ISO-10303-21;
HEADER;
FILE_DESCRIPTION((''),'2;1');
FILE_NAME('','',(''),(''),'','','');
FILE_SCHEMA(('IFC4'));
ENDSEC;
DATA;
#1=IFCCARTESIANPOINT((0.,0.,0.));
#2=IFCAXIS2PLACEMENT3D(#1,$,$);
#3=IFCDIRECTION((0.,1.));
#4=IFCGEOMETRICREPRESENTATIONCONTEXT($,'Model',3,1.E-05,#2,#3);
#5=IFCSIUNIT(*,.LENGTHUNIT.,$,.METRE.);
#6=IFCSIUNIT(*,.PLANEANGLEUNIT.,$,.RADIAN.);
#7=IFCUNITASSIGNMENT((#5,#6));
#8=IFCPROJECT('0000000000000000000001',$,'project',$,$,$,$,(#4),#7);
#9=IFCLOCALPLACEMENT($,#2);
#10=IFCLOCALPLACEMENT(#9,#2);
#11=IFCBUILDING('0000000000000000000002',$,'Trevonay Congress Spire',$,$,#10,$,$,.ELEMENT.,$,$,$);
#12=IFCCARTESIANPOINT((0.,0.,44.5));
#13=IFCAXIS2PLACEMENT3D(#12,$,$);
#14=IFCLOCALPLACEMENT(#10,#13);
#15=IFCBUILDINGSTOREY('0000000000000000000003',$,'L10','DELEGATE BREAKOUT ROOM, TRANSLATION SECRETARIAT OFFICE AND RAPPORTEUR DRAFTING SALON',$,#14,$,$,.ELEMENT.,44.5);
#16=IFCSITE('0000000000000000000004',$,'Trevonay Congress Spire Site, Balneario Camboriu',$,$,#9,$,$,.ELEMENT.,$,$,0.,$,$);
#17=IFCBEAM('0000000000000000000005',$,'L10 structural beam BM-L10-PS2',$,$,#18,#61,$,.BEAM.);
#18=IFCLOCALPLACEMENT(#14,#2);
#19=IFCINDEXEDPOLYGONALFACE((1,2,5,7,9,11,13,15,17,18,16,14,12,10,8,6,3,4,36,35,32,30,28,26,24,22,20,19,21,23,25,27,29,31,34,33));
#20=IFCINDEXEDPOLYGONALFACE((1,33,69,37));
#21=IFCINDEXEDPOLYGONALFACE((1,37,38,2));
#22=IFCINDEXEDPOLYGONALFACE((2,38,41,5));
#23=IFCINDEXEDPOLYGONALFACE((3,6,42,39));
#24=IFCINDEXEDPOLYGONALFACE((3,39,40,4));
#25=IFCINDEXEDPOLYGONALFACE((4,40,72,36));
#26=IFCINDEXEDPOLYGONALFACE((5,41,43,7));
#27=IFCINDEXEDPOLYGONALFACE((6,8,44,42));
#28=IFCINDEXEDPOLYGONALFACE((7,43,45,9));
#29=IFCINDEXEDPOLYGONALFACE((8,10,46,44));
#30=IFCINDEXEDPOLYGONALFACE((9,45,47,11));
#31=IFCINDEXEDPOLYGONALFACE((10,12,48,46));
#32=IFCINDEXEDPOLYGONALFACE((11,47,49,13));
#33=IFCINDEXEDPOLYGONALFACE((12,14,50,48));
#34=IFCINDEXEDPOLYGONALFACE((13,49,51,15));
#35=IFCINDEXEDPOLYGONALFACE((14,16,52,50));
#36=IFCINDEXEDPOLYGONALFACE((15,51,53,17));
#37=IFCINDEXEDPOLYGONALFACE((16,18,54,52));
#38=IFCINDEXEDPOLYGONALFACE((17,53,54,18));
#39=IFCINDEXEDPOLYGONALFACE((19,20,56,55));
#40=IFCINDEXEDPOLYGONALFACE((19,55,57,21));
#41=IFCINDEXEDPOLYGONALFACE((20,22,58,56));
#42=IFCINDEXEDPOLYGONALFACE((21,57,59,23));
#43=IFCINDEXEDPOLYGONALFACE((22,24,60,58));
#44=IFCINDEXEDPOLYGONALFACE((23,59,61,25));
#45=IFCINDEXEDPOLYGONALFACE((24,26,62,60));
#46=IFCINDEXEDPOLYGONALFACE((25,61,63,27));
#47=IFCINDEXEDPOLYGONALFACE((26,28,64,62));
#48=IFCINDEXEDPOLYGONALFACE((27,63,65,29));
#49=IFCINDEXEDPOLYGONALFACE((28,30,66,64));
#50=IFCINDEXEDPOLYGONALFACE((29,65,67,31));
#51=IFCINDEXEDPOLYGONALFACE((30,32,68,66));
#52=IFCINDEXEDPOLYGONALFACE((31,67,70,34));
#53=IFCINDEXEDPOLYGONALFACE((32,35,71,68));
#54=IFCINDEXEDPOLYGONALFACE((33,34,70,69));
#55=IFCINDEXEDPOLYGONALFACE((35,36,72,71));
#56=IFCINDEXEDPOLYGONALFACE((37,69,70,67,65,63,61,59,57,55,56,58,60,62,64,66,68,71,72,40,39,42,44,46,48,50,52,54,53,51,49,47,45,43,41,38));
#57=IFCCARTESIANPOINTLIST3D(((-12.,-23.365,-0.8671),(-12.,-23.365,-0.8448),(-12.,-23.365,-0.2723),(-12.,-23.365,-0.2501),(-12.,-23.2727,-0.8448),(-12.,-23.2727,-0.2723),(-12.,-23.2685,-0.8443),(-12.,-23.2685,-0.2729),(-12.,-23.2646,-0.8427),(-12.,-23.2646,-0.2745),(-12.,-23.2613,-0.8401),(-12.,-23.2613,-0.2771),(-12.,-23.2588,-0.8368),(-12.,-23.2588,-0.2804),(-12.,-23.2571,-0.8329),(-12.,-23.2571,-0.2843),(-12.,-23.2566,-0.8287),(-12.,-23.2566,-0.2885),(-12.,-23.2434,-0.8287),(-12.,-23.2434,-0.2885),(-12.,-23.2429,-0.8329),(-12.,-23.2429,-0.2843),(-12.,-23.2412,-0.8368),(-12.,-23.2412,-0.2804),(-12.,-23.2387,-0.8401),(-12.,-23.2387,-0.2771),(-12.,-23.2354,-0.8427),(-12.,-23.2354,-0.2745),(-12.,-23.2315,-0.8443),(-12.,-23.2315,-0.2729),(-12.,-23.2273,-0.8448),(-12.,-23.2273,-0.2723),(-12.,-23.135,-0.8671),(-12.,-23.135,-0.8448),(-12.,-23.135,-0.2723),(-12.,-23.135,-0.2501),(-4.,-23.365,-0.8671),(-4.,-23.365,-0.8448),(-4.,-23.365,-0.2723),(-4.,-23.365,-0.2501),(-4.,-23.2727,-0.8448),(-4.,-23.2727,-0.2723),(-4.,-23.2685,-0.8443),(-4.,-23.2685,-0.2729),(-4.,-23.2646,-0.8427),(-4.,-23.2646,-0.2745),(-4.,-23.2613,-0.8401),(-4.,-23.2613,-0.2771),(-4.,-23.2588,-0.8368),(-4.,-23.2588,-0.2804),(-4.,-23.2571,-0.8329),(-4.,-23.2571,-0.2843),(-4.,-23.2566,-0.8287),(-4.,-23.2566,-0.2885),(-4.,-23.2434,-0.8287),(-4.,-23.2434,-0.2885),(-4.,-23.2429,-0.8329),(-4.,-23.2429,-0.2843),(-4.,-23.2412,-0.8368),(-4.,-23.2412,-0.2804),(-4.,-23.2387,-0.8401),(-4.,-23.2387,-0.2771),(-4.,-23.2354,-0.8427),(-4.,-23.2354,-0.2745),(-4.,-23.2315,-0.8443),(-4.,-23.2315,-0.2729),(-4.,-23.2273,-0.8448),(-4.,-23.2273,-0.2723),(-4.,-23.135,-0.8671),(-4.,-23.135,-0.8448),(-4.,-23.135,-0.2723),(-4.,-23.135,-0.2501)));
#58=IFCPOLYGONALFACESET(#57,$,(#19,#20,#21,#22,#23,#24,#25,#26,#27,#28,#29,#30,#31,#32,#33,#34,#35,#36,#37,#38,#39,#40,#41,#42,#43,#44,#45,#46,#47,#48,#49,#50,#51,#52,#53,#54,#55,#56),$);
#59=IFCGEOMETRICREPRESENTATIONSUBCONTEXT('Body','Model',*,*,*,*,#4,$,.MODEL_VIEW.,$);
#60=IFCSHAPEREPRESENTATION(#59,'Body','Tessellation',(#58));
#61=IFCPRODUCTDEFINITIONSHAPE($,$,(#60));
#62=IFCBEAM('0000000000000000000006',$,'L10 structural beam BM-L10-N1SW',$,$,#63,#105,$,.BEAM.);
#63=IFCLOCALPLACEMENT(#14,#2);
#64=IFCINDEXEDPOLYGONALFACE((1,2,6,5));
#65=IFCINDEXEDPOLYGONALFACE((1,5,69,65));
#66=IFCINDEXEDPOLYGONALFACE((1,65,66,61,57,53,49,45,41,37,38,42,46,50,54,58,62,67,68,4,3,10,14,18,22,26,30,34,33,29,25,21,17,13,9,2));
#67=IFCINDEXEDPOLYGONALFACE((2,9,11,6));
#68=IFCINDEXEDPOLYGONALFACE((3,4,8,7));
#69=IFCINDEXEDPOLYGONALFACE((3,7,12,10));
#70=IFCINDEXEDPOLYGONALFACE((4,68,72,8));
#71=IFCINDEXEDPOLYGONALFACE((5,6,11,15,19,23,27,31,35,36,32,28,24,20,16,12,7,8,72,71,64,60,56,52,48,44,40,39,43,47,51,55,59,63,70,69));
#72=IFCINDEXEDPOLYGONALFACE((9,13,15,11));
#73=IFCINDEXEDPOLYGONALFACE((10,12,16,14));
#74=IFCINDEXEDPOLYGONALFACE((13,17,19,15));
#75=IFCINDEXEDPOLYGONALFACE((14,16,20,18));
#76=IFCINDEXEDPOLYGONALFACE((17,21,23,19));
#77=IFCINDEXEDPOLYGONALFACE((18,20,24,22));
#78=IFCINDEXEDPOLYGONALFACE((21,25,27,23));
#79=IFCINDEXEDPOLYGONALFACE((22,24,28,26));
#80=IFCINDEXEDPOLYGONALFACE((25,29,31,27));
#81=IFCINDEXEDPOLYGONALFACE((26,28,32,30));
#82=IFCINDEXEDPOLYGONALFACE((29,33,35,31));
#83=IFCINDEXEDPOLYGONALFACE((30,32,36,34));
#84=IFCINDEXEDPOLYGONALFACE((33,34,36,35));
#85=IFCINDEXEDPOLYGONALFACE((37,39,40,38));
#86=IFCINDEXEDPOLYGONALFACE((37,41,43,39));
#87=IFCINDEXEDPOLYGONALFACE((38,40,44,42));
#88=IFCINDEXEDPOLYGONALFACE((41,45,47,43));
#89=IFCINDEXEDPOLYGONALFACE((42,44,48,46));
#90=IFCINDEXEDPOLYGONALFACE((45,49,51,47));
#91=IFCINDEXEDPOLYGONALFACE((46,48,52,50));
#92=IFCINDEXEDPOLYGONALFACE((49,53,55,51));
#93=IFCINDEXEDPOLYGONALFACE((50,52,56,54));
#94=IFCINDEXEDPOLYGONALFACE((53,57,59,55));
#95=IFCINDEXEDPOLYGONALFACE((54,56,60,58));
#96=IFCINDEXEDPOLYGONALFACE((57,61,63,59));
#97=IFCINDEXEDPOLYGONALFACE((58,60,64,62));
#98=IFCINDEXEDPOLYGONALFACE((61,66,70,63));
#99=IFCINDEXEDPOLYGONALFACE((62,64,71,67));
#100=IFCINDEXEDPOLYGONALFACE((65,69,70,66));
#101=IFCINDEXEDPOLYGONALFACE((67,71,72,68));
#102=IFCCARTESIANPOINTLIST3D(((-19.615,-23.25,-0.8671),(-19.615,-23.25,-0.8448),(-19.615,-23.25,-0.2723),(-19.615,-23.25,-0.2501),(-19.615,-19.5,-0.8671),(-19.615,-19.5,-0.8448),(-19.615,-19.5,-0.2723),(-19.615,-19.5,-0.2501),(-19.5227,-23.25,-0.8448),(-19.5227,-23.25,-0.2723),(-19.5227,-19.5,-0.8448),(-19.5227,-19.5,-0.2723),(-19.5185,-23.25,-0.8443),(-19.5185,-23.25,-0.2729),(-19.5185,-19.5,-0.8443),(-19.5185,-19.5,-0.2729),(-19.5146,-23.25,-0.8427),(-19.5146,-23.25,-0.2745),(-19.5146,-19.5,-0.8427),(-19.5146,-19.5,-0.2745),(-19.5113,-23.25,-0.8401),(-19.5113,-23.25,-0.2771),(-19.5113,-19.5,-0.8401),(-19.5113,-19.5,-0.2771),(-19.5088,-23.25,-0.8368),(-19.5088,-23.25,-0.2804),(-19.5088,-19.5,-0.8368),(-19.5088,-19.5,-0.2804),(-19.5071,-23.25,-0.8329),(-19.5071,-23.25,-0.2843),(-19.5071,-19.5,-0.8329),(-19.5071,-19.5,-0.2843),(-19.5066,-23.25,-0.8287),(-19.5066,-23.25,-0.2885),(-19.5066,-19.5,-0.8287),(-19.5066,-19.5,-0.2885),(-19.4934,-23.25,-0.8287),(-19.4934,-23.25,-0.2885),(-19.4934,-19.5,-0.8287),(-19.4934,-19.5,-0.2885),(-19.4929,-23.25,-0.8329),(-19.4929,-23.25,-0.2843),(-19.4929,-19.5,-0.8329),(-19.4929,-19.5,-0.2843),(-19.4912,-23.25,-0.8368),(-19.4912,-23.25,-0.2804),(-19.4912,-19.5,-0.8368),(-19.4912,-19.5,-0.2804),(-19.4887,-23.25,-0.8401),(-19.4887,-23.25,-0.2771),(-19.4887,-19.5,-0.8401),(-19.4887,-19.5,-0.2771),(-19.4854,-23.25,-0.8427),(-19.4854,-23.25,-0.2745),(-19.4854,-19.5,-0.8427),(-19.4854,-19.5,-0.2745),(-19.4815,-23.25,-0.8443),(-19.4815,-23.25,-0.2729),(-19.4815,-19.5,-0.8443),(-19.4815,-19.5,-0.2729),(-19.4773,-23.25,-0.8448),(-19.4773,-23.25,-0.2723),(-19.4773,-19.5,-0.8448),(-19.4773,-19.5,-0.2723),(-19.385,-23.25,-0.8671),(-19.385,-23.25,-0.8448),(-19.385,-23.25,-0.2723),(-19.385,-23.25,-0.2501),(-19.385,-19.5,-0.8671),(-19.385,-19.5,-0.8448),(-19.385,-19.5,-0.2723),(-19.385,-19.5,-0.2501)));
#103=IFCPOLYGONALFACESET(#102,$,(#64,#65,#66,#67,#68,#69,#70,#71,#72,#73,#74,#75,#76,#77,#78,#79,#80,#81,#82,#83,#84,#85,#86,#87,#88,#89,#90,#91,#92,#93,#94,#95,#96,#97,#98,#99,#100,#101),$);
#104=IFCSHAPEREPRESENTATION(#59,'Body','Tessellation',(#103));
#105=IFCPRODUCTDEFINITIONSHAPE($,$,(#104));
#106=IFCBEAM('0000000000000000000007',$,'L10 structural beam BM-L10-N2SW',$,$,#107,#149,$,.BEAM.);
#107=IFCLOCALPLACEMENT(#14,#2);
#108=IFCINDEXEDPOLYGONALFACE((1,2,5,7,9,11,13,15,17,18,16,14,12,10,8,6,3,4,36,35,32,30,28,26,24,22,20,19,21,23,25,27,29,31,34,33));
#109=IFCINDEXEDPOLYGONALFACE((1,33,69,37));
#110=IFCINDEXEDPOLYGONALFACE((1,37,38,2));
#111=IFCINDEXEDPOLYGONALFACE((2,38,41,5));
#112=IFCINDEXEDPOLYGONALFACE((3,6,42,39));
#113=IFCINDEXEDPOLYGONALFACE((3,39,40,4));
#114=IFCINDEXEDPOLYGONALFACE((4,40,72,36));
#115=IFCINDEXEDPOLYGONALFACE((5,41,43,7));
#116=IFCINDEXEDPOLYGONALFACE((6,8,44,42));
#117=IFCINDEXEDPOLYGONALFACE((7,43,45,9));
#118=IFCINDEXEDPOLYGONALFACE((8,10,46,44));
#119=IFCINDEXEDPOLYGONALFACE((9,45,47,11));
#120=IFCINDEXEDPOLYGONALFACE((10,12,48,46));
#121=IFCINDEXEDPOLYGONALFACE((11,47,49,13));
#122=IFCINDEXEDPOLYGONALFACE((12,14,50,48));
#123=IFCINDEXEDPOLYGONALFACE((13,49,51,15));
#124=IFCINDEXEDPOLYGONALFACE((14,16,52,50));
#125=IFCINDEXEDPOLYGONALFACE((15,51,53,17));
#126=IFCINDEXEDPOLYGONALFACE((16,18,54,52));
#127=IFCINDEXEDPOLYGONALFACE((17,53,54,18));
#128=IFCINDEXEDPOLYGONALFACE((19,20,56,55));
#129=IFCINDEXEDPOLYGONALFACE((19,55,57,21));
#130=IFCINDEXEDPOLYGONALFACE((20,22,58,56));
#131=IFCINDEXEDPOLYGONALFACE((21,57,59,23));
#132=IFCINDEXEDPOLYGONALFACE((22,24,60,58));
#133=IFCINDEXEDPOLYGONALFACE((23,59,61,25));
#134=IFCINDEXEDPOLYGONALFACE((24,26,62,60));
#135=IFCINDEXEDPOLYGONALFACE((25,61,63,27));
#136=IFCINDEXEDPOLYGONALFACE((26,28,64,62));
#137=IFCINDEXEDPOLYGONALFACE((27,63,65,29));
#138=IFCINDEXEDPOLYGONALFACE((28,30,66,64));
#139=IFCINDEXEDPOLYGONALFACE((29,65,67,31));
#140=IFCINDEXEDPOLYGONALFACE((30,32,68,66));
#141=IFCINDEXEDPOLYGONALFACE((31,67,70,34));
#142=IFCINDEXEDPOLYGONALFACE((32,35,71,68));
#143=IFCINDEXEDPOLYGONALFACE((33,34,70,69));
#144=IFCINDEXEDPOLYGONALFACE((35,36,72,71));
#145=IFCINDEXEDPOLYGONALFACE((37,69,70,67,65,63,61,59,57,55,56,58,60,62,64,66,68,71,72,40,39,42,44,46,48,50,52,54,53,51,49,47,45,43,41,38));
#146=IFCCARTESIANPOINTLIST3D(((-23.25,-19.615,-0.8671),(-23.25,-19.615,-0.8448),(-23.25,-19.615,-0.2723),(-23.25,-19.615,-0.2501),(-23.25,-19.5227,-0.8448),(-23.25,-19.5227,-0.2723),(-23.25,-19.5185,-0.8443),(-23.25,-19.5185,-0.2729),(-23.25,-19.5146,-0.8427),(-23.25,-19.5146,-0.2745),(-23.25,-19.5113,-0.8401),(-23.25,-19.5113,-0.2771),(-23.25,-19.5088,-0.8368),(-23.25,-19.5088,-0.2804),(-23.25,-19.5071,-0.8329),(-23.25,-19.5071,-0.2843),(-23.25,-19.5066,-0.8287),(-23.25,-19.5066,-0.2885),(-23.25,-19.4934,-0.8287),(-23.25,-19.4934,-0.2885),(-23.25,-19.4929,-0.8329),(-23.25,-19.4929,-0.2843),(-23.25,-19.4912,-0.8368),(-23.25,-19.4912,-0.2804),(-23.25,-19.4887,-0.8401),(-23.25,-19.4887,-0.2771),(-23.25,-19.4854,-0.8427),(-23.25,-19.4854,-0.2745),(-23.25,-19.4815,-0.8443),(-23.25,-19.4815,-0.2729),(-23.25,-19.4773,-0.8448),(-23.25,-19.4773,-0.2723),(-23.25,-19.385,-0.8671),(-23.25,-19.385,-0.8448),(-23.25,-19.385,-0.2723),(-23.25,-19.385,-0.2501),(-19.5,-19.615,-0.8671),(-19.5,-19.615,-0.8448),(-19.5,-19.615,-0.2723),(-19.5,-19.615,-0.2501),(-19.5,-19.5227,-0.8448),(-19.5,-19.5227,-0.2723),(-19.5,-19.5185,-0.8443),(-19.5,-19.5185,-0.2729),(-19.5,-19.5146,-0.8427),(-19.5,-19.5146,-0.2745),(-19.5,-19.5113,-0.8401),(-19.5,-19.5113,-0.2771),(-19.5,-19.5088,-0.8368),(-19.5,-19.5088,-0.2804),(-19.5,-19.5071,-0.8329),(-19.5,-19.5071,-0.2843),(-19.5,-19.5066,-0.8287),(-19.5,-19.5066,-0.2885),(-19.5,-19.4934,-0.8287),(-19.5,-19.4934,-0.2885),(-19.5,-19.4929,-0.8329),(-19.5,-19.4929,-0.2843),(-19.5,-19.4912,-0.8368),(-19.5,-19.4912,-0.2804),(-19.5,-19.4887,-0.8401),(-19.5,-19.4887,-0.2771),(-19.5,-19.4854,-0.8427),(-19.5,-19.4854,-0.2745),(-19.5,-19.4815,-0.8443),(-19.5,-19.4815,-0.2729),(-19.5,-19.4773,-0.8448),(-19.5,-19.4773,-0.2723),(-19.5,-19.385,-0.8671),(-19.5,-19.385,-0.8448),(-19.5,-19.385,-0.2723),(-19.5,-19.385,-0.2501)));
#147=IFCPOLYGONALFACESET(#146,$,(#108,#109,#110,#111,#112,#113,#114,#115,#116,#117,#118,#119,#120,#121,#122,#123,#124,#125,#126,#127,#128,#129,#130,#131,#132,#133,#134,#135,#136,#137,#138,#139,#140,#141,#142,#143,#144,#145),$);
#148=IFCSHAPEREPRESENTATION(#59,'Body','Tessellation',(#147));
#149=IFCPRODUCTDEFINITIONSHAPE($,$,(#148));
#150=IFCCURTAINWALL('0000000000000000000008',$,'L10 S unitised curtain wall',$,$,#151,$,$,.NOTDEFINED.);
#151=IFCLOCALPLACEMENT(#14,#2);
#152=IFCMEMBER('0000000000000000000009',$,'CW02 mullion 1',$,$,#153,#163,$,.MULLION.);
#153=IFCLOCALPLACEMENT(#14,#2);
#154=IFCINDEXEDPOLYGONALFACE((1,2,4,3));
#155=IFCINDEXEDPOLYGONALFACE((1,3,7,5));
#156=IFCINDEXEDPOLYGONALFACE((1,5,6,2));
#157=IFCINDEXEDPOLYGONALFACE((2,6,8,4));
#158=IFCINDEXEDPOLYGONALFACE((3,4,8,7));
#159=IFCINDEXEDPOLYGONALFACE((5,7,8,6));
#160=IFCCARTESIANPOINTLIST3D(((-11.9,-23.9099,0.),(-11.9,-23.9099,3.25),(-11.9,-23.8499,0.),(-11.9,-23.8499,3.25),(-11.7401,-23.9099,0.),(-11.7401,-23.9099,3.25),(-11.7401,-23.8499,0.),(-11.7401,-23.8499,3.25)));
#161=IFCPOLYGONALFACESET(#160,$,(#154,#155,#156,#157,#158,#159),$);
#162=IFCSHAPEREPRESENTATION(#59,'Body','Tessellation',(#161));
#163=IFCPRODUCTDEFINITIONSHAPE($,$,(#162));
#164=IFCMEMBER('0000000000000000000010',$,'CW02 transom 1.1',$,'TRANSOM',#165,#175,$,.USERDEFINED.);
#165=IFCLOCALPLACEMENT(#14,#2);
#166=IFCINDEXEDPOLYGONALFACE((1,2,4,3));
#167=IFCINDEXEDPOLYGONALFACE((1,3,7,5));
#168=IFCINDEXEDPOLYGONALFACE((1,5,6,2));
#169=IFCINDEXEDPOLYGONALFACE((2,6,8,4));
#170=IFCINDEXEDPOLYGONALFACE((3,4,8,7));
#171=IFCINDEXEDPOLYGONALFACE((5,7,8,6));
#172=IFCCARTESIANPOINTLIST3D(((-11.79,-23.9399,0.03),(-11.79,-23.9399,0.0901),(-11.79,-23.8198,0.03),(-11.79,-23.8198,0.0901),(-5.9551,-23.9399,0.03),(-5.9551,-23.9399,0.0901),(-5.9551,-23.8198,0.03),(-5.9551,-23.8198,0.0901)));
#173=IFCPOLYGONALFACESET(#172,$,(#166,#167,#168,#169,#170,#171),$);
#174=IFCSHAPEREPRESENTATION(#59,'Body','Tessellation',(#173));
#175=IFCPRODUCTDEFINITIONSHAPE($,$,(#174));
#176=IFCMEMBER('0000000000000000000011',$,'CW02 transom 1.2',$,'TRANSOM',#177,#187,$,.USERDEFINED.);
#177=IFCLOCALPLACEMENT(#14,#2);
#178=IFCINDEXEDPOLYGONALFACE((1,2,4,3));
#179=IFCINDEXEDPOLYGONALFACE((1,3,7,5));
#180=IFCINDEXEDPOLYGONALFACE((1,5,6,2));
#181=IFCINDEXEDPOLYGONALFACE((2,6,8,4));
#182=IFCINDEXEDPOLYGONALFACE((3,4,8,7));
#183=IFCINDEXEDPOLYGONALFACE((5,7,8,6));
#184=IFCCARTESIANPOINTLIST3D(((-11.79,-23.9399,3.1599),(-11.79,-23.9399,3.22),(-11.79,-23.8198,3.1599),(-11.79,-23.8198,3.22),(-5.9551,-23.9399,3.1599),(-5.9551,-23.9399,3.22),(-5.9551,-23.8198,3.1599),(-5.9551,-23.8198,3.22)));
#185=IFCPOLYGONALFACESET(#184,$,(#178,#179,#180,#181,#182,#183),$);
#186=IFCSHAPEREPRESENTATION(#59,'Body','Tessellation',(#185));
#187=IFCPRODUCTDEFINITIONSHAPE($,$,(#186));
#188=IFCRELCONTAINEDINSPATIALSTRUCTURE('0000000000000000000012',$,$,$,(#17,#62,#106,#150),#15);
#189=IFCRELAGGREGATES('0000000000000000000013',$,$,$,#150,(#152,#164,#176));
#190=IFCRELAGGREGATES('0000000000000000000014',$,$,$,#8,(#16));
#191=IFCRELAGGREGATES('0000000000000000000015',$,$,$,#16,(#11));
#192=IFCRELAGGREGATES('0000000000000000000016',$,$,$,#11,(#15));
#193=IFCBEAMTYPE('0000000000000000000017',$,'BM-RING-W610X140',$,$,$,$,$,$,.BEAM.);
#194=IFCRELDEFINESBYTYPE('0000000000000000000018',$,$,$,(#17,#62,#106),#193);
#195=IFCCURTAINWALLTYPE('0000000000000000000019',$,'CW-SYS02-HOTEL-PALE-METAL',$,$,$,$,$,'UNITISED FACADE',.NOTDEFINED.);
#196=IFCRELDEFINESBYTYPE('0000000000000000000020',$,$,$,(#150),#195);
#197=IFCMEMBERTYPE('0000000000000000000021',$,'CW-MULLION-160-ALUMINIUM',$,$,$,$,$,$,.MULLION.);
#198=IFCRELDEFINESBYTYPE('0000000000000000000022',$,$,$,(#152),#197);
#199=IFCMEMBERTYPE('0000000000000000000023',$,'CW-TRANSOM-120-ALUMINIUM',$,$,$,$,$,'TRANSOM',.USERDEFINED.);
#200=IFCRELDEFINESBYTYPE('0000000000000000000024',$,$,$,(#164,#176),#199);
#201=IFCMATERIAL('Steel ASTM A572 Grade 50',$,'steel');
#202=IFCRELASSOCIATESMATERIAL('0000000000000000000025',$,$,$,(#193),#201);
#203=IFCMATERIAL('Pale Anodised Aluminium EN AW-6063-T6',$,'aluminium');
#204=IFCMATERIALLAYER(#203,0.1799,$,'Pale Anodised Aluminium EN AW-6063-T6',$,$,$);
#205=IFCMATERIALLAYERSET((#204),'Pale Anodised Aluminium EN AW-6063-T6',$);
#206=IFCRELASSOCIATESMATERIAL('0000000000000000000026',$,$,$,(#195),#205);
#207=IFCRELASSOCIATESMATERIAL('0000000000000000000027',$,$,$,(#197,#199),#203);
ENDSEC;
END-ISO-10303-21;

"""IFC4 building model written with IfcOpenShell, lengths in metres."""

from ifc_helpers import new_model, si_unit, direction, frame, origin, origin_2d, place, context, subcontext, project, spatial, rectangle, i_section, extrude, material, layer, layer_set, material_profile, profile_set, type_object, element, aggregate, save


model = new_model("IFC4")

# Units and contexts
model_context = context("Model", 3, precision=1e-05, world=origin(), true_north=direction((0.0, 1.0)))
body_context = subcontext(model_context, "Body", "Model", "MODEL_VIEW")
ifc_project = project(units=[si_unit("LENGTHUNIT", "METRE"), si_unit("PLANEANGLEUNIT", "RADIAN")], contexts=[model_context])

# Site, building, storey
site_placement = place(None, origin())
site = spatial("IfcSite", under=ifc_project, at=site_placement, Name="Trevonay Congress Spire Site, Balneario Camboriu", CompositionType="ELEMENT", RefElevation=0.0)
building_placement = place(site_placement, origin())
building = spatial("IfcBuilding", under=site, at=building_placement, Name="Trevonay Congress Spire", CompositionType="ELEMENT")
storey_placement = place(building_placement, frame((0.0, 0.0, 44.5)))
storey = spatial("IfcBuildingStorey", under=building, at=storey_placement, Name="L10", Description="DELEGATE BREAKOUT ROOM, TRANSLATION SECRETARIAT OFFICE AND RAPPORTEUR DRAFTING SALON", CompositionType="ELEMENT", Elevation=44.5)

# Shared definitions
ifc_material_1 = material(Name="Steel ASTM A572 Grade 50", Category="steel")

# Beams
ifc_material_profile_1 = material_profile(ifc_material_1, i_section(OverallWidth=0.23, OverallDepth=0.6169, WebThickness=0.0132, FlangeThickness=0.0222, FilletRadius=0.0161, at=origin_2d()), Name="W610x140")
ifc_profile_set_1 = profile_set([ifc_material_profile_1], Name="Steel ASTM A572 Grade 50")
beam_type = type_object("IfcBeamType", Name="BM-RING-W610X140", PredefinedType="BEAM", material=ifc_profile_set_1)
beam_placement = place(storey_placement, frame((-12.0, -23.25, -0.5586), z_axis=(1.0, 0.0, 0.0), x_axis=(0.0, 1.0, 0.0)))
element("IfcBeam", 1, at=beam_placement, inside=storey, type_object=beam_type, Name="L10 structural beam BM-L10-PS2", PredefinedType="BEAM", context=body_context, shape_type="SweptSolid", body=[
    extrude(i_section(OverallWidth=0.23, OverallDepth=0.6169, WebThickness=0.0132, FlangeThickness=0.0222, FilletRadius=0.0161, at=origin_2d()), origin(), (0.0, 0.0, 1.0), 8.0),
])
for number, where, z_axis, x_axis, name in (
    (2, (-19.5, -23.25, -0.5586), (0.0, 1.0, 0.0), (-1.0, 0.0, 0.0), "L10 structural beam BM-L10-N1SW"),
    (3, (-23.25, -19.5, -0.5586), (1.0, 0.0, 0.0), (0.0, 1.0, 0.0), "L10 structural beam BM-L10-N2SW"),
):
    element("IfcBeam", number, at=place(storey_placement, frame(where, z_axis=z_axis, x_axis=x_axis)), inside=storey, type_object=beam_type, Name=name, PredefinedType="BEAM", context=body_context, shape_type="SweptSolid", body=[
        extrude(i_section(OverallWidth=0.23, OverallDepth=0.6169, WebThickness=0.0132, FlangeThickness=0.0222, FilletRadius=0.0161, at=origin_2d()), origin(), (0.0, 0.0, 1.0), 3.75),
    ])

# Curtain wall, members
ifc_material_2 = material(Name="Pale Anodised Aluminium EN AW-6063-T6", Category="aluminium")
ifc_layer_1 = layer(ifc_material_2, 0.1799, Name="Pale Anodised Aluminium EN AW-6063-T6")
ifc_layer_set_1 = layer_set([ifc_layer_1], Name="Pale Anodised Aluminium EN AW-6063-T6")
curtain_wall_type = type_object("IfcCurtainWallType", Name="CW-SYS02-HOTEL-PALE-METAL", ElementType="UNITISED FACADE", PredefinedType="NOTDEFINED", material=ifc_layer_set_1)
curtain_wall_placement = place(storey_placement, origin())
curtain_wall = element("IfcCurtainWall", 4, at=curtain_wall_placement, inside=storey, type_object=curtain_wall_type, Name="L10 S unitised curtain wall", PredefinedType="NOTDEFINED")
ifc_material_profile_2 = material_profile(ifc_material_2, rectangle(XDim=0.0601, YDim=0.1599, at=origin_2d()), Name="CW-MULLION-160-ALUMINIUM")
ifc_profile_set_2 = profile_set([ifc_material_profile_2], Name="Pale Anodised Aluminium EN AW-6063-T6")
member_type_1 = type_object("IfcMemberType", Name="CW-MULLION-160-ALUMINIUM", PredefinedType="MULLION", material=ifc_profile_set_2)
member_1_placement = place(storey_placement, frame((-11.8201, -23.8799, 0.0), z_axis=(0.0, 0.0, 1.0), x_axis=(0.0, 1.0, 0.0)))
member_1 = element("IfcMember", 5, at=member_1_placement, type_object=member_type_1, Name="CW02 mullion 1", PredefinedType="MULLION", context=body_context, shape_type="SweptSolid", body=[
    extrude(rectangle(XDim=0.0601, YDim=0.1599, at=origin_2d()), origin(), (0.0, 0.0, 1.0), 3.25),
])
ifc_material_profile_3 = material_profile(ifc_material_2, rectangle(XDim=0.1201, YDim=0.0601, at=origin_2d()), Name="CW-TRANSOM-120-ALUMINIUM")
ifc_profile_set_3 = profile_set([ifc_material_profile_3], Name="Pale Anodised Aluminium EN AW-6063-T6")
member_type_2 = type_object("IfcMemberType", Name="CW-TRANSOM-120-ALUMINIUM", ElementType="TRANSOM", PredefinedType="USERDEFINED", material=ifc_profile_set_3)
member_2_placement = place(storey_placement, frame((-11.79, -23.8799, 0.0601), z_axis=(1.0, 0.0, 0.0), x_axis=(0.0, 1.0, 0.0)))
member_2 = element("IfcMember", 6, at=member_2_placement, type_object=member_type_2, Name="CW02 transom 1.1", ObjectType="TRANSOM", PredefinedType="USERDEFINED", context=body_context, shape_type="SweptSolid", body=[
    extrude(rectangle(XDim=0.1201, YDim=0.0601, at=origin_2d()), origin(), (0.0, 0.0, 1.0), 5.835),
])
member_3_placement = place(storey_placement, frame((-11.79, -23.8799, 3.1899), z_axis=(1.0, 0.0, 0.0), x_axis=(0.0, 1.0, 0.0)))
member_3 = element("IfcMember", 7, at=member_3_placement, type_object=member_type_2, Name="CW02 transom 1.2", ObjectType="TRANSOM", PredefinedType="USERDEFINED", context=body_context, shape_type="SweptSolid", body=[
    extrude(rectangle(XDim=0.1201, YDim=0.0601, at=origin_2d()), origin(), (0.0, 0.0, 1.0), 5.835),
])
aggregate(curtain_wall, [member_1, member_2, member_3])

save(model, "model.ifc")
